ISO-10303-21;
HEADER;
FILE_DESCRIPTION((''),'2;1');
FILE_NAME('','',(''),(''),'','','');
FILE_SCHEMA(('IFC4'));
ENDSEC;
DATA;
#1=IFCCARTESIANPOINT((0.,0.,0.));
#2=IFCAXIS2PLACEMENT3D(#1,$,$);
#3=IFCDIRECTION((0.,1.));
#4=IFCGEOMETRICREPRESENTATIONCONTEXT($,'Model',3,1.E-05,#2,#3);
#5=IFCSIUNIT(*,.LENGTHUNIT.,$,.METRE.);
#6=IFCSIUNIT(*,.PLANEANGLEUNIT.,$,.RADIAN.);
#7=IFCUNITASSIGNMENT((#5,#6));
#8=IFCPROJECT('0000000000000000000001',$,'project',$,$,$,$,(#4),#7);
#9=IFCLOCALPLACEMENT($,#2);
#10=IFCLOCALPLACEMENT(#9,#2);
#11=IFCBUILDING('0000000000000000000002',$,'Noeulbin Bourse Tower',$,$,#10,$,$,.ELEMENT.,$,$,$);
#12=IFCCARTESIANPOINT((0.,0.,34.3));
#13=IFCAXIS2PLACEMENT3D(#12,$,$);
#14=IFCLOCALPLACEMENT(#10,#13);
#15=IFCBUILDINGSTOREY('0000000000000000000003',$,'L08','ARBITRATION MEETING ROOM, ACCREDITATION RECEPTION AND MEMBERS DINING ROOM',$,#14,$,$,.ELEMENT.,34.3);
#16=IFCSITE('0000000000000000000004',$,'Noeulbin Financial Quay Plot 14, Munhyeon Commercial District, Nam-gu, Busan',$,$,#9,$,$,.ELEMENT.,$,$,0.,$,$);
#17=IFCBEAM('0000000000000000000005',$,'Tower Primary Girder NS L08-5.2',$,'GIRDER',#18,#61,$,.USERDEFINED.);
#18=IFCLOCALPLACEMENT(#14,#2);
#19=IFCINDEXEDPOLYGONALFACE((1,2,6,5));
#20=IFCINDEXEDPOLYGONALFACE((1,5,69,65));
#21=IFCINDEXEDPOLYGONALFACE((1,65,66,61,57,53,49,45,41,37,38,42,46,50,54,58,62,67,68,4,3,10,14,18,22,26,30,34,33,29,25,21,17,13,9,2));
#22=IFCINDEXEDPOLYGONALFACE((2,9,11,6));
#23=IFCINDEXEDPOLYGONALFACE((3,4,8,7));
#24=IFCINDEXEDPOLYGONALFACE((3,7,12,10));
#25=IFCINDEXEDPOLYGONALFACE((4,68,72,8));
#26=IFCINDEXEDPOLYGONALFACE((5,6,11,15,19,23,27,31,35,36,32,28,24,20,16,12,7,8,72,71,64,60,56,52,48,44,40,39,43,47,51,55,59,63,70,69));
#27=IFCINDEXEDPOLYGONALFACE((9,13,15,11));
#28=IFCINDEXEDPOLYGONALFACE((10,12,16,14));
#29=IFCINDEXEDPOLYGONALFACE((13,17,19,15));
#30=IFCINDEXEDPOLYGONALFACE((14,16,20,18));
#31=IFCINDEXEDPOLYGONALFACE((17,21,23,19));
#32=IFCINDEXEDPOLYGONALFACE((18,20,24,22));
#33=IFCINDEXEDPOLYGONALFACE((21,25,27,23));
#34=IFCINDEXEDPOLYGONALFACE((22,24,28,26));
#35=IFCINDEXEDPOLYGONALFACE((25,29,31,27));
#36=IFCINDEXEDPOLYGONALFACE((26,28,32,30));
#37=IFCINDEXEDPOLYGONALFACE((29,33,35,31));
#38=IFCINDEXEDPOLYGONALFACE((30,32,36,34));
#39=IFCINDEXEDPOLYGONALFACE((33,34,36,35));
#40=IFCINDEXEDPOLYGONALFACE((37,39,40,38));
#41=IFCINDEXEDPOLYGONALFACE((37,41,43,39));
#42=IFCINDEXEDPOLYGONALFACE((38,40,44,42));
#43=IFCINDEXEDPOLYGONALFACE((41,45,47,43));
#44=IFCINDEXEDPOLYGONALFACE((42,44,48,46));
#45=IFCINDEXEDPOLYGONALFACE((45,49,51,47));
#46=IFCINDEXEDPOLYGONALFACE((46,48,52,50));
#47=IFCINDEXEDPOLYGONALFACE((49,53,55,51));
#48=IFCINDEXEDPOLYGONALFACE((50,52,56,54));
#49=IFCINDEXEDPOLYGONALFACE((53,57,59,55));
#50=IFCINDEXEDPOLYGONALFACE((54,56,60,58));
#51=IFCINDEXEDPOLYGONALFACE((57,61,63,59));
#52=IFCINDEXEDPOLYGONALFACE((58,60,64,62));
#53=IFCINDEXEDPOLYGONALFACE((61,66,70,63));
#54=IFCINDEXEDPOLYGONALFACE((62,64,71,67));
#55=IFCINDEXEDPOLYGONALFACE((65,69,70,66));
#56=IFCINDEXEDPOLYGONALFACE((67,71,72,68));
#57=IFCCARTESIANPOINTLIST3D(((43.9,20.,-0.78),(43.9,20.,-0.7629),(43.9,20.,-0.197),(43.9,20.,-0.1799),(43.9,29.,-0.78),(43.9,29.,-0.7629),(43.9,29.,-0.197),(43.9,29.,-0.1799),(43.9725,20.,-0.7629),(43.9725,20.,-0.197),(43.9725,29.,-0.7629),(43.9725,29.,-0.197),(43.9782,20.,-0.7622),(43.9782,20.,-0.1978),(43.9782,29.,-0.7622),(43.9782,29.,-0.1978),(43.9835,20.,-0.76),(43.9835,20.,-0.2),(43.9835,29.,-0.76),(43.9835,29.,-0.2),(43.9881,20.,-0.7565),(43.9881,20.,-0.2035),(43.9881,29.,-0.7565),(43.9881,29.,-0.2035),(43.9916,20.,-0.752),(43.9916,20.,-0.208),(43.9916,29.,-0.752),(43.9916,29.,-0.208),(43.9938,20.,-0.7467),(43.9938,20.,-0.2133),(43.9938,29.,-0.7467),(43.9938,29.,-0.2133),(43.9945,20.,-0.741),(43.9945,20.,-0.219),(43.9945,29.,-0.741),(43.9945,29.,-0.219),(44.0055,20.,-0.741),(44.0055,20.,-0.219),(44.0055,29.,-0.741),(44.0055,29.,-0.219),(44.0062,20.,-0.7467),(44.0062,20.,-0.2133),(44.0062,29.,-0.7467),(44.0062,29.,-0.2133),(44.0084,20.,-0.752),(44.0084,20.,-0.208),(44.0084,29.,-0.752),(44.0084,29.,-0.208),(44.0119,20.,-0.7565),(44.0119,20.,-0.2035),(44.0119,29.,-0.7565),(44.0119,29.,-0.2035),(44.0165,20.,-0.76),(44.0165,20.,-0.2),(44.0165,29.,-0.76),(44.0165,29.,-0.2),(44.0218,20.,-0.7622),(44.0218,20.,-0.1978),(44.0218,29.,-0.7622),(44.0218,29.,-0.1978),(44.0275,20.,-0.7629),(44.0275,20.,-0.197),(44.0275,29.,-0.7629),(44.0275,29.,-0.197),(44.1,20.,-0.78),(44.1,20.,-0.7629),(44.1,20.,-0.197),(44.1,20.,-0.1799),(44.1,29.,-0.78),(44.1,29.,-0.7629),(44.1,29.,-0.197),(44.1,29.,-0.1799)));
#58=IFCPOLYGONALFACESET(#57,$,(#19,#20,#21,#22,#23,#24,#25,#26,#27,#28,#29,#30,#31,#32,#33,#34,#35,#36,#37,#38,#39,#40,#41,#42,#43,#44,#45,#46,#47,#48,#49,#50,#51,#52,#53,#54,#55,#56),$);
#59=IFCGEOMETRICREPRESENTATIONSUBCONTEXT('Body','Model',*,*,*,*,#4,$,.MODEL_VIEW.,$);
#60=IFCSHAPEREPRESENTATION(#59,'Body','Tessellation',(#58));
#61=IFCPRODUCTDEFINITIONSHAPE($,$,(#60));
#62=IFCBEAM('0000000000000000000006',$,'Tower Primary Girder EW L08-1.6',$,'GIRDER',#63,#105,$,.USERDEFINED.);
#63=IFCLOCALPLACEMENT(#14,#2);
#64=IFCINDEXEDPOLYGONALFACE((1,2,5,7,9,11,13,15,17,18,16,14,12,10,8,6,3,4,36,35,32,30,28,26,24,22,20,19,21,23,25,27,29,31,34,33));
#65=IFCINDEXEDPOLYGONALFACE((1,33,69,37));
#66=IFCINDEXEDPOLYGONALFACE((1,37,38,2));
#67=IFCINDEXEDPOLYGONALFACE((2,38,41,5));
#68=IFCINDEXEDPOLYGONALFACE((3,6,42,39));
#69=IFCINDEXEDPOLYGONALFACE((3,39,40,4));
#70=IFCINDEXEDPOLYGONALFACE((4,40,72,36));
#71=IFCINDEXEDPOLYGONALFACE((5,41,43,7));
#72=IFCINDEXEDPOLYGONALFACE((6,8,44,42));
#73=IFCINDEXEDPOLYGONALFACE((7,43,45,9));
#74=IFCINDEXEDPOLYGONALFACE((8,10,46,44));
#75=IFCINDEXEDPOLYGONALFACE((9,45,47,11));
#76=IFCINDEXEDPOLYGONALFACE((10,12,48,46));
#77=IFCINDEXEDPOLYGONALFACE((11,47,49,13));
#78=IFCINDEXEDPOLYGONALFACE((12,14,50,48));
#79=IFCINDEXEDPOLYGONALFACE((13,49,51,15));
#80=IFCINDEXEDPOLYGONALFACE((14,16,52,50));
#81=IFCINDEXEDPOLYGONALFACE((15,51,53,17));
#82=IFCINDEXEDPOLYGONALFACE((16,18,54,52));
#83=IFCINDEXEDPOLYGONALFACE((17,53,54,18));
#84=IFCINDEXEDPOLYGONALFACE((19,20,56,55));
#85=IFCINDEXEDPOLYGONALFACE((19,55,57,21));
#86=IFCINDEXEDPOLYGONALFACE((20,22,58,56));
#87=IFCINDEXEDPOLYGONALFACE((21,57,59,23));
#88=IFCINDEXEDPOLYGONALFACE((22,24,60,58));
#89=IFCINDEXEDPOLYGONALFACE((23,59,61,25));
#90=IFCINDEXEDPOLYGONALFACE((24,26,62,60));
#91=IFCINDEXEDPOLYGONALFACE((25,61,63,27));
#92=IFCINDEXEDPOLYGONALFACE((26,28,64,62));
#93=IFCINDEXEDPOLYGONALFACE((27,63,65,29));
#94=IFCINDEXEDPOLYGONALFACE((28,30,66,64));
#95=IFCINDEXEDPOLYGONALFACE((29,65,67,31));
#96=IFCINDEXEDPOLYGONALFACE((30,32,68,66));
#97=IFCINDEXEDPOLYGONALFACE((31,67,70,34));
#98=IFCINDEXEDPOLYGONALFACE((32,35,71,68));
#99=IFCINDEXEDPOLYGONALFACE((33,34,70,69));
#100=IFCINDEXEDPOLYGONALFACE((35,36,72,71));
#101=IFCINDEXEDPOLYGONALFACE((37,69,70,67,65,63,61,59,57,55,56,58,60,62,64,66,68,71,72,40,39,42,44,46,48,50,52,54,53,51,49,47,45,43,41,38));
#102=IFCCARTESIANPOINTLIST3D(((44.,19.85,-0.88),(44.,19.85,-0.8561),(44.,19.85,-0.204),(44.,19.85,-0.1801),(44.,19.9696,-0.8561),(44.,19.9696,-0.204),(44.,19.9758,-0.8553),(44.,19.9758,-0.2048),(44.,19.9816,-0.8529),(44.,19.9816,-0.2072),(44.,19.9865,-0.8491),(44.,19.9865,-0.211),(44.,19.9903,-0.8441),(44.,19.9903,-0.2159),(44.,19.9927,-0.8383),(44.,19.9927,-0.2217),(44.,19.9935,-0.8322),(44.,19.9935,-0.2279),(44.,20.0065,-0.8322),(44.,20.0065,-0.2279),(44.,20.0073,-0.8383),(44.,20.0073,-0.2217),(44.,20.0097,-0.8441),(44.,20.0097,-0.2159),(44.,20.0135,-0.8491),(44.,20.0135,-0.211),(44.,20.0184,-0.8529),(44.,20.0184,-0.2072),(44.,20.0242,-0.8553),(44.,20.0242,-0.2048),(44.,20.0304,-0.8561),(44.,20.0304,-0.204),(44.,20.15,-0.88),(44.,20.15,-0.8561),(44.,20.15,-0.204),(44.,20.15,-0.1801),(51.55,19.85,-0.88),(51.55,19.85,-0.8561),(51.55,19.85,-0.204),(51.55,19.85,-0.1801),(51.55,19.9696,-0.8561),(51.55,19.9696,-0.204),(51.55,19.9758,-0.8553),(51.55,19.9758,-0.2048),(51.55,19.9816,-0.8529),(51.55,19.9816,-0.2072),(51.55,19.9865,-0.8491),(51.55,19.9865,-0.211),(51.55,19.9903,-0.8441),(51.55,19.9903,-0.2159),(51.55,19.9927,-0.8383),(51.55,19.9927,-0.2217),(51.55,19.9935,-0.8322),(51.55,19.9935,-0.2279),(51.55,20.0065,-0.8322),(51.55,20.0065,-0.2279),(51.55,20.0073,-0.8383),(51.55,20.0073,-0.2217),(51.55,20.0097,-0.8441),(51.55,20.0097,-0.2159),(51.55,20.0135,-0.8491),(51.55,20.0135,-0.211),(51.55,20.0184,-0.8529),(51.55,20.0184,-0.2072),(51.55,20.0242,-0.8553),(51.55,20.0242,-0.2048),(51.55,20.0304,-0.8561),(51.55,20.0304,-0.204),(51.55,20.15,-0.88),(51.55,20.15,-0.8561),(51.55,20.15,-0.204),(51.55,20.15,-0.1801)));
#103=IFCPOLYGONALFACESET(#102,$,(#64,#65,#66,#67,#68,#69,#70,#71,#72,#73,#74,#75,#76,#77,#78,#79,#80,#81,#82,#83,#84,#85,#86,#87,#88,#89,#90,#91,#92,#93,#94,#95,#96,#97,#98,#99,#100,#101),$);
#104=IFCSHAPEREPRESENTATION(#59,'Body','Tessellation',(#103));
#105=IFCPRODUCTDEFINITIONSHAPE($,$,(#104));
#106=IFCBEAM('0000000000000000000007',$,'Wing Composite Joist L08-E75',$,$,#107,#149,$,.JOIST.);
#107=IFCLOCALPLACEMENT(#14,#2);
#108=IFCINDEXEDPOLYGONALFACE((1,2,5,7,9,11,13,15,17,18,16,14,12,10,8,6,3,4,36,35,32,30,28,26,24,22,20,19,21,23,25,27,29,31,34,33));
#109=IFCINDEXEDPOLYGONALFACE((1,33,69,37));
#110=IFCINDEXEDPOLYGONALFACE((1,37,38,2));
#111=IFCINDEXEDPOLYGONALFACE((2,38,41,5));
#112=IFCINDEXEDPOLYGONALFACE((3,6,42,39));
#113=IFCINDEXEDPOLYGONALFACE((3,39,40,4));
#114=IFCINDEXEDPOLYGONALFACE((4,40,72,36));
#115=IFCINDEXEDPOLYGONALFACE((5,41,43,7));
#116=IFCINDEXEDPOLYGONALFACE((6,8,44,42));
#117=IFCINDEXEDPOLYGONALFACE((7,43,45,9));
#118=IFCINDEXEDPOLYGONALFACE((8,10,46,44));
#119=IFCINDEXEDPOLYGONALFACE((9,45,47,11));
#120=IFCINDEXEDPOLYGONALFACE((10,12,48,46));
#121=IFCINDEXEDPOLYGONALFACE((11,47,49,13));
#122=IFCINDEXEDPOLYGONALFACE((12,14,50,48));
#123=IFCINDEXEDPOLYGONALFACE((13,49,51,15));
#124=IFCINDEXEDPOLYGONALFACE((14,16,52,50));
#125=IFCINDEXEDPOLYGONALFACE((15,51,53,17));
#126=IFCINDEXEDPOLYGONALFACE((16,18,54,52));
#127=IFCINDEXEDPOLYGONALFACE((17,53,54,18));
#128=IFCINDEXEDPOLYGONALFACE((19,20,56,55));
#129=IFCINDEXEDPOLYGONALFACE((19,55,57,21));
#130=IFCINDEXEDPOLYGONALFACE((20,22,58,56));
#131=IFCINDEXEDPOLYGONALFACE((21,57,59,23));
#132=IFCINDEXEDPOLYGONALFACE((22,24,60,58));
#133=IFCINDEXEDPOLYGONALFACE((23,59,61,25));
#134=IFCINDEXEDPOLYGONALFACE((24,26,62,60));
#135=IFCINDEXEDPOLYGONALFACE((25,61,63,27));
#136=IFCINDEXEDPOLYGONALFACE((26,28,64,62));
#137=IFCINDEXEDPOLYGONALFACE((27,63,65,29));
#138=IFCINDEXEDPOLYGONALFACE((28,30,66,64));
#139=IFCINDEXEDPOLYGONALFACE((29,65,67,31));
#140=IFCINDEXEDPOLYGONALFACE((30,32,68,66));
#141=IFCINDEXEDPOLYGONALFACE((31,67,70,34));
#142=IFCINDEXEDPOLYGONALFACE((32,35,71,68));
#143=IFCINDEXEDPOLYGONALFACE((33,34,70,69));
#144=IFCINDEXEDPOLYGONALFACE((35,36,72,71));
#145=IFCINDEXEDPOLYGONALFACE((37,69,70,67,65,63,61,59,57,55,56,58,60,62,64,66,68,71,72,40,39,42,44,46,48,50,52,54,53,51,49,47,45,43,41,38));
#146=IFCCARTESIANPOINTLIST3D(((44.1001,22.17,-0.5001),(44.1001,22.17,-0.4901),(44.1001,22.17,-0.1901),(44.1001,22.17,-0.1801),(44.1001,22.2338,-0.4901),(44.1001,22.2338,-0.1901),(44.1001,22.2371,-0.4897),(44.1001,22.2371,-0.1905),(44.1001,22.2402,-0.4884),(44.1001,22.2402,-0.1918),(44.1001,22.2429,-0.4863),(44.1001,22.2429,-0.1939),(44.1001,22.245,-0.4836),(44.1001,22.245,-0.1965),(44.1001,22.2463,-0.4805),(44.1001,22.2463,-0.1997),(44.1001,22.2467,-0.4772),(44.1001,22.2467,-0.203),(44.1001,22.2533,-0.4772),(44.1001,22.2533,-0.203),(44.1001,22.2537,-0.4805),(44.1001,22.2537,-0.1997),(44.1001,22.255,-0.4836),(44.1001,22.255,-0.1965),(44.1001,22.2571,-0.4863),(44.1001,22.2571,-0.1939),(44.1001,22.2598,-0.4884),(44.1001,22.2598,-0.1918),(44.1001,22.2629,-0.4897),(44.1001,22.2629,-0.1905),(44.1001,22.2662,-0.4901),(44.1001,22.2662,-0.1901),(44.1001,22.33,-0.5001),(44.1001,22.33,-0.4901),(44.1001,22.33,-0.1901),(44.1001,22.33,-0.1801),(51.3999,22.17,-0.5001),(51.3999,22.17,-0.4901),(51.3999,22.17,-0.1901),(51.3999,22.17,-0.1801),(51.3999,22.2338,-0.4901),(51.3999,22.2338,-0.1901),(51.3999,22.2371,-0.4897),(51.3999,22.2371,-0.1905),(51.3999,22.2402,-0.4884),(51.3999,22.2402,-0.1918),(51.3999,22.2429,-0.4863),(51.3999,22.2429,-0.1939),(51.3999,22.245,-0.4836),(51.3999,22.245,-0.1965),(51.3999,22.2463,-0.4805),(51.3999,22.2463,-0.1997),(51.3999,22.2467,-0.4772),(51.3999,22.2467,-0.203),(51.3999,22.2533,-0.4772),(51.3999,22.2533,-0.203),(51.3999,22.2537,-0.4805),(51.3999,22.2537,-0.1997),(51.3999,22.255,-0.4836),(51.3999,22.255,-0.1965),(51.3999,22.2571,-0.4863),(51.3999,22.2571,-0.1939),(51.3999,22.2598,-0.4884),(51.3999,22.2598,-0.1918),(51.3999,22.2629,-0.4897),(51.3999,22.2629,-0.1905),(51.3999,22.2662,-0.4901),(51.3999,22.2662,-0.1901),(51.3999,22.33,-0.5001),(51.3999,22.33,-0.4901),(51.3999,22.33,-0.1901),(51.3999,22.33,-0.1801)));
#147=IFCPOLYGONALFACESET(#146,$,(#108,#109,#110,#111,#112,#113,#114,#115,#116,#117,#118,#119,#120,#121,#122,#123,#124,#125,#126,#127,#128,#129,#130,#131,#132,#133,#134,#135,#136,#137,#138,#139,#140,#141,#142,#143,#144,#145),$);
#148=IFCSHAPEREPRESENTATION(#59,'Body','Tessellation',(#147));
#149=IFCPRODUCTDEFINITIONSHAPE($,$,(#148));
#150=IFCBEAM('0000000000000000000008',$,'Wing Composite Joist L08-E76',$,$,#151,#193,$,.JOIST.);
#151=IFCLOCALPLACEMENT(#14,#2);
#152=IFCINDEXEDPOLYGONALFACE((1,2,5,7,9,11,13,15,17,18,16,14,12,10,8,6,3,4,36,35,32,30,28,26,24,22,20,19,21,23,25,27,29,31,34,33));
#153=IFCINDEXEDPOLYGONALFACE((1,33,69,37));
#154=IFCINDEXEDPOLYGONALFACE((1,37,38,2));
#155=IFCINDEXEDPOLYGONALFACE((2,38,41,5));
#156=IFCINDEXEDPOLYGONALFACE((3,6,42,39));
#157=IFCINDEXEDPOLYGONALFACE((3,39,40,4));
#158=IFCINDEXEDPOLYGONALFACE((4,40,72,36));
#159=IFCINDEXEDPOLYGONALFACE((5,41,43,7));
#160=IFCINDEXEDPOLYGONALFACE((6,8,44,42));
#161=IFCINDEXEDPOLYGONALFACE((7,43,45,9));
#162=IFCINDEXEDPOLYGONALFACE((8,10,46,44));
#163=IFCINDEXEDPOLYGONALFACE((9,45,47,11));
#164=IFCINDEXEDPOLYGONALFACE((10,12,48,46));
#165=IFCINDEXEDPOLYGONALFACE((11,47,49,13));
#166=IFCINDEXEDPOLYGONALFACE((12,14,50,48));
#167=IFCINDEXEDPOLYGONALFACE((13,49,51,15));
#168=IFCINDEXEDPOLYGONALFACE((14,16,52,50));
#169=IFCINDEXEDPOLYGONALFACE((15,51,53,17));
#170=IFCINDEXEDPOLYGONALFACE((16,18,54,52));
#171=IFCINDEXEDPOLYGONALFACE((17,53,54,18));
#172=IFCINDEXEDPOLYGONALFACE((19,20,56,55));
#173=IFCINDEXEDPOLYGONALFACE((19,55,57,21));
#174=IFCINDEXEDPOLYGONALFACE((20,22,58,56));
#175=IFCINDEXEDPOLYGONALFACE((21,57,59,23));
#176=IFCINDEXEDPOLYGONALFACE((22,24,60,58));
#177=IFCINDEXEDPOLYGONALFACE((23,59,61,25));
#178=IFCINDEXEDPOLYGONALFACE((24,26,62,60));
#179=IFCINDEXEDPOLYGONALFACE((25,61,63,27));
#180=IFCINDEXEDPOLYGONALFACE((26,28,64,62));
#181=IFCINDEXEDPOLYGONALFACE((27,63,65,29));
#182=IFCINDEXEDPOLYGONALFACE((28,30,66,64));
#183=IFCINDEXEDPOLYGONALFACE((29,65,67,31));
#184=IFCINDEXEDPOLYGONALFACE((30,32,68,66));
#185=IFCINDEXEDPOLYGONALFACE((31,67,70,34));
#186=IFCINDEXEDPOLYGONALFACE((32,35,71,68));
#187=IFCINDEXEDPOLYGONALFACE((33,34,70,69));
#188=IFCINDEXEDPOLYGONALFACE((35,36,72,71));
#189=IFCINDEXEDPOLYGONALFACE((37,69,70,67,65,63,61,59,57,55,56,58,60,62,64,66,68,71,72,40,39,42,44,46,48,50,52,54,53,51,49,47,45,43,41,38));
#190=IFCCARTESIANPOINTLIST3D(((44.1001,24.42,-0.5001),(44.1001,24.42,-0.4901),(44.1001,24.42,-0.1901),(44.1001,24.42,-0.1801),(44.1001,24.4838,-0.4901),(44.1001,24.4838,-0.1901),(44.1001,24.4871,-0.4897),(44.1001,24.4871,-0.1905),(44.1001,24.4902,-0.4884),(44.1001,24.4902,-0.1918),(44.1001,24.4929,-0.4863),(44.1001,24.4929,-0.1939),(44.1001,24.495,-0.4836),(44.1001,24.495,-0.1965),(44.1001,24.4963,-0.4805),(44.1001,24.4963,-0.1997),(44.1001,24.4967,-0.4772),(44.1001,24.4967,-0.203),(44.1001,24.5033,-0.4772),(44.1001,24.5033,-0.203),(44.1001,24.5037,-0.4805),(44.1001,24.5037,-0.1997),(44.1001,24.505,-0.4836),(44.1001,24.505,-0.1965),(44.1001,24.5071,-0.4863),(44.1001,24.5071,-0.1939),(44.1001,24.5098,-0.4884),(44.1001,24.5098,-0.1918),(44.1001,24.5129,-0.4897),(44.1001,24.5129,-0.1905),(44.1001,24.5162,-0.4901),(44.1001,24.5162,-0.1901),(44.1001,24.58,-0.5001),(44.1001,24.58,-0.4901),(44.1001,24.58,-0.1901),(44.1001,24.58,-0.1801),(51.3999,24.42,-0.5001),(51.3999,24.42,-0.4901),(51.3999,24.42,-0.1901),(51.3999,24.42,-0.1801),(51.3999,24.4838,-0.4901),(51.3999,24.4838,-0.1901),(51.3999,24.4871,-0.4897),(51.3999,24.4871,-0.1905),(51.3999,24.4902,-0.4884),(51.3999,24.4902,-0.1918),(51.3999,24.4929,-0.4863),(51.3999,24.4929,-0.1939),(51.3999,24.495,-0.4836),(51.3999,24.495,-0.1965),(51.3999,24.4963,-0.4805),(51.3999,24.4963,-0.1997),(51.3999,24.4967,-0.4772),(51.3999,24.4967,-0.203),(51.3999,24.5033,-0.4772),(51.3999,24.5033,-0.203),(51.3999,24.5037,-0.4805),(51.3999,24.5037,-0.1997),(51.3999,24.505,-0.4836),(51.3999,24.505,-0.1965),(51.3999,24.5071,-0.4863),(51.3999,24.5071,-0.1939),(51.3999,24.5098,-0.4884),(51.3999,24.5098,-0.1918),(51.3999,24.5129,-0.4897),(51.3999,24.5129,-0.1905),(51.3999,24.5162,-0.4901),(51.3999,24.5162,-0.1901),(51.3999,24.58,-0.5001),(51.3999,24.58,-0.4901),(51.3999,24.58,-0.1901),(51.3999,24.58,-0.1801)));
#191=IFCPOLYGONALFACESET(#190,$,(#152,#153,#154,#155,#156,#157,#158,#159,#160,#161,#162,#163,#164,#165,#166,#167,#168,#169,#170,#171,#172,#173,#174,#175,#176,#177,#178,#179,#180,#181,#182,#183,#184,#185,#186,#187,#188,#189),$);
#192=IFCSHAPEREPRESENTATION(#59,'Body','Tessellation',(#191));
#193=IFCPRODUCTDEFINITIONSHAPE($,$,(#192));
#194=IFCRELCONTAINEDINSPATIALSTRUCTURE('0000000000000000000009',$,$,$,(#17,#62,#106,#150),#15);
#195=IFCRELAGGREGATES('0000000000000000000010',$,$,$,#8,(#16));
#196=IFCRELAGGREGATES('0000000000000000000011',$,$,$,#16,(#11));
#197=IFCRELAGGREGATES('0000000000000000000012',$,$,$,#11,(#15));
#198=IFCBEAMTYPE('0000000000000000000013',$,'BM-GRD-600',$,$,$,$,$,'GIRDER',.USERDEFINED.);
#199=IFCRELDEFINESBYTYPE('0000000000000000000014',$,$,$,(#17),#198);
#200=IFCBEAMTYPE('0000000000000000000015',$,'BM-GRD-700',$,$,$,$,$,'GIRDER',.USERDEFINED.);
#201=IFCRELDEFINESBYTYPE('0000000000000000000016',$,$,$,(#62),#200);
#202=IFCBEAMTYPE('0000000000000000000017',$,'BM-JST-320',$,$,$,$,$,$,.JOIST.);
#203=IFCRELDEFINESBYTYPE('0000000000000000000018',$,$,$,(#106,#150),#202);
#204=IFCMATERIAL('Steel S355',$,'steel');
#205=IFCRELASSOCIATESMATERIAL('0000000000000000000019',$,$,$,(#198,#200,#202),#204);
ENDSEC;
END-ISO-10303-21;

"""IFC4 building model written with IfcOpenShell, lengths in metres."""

from ifc_helpers import new_model, si_unit, direction, frame, origin, origin_2d, place, context, subcontext, project, spatial, i_section, extrude, material, material_profile, profile_set, type_object, element, save


model = new_model("IFC4")

# Units and contexts
model_context = context("Model", 3, precision=1e-05, world=origin(), true_north=direction((0.0, 1.0)))
body_context = subcontext(model_context, "Body", "Model", "MODEL_VIEW")
ifc_project = project(units=[si_unit("LENGTHUNIT", "METRE"), si_unit("PLANEANGLEUNIT", "RADIAN")], contexts=[model_context])

# Site, building, storey
site_placement = place(None, origin())
site = spatial("IfcSite", under=ifc_project, at=site_placement, Name="Noeulbin Financial Quay Plot 14, Munhyeon Commercial District, Nam-gu, Busan", CompositionType="ELEMENT", RefElevation=0.0)
building_placement = place(site_placement, origin())
building = spatial("IfcBuilding", under=site, at=building_placement, Name="Noeulbin Bourse Tower", CompositionType="ELEMENT")
storey_placement = place(building_placement, frame((0.0, 0.0, 34.3)))
storey = spatial("IfcBuildingStorey", under=building, at=storey_placement, Name="L08", Description="ARBITRATION MEETING ROOM, ACCREDITATION RECEPTION AND MEMBERS DINING ROOM", CompositionType="ELEMENT", Elevation=34.3)

# Beams
ifc_material_1 = material(Name="Steel S355", Category="steel")
ifc_material_profile_1 = material_profile(ifc_material_1, i_section(OverallWidth=0.2, OverallDepth=0.6001, WebThickness=0.011, FlangeThickness=0.0171, FilletRadius=0.022, at=origin_2d()), Name="H-600x200x11x17", Category="LoadBearing")
ifc_profile_set_1 = profile_set([ifc_material_profile_1], Name="Steel S355")
beam_type_1 = type_object("IfcBeamType", Name="BM-GRD-600", ElementType="GIRDER", PredefinedType="USERDEFINED", material=ifc_profile_set_1)
beam_1_placement = place(storey_placement, frame((44.0, 20.0, -0.48), z_axis=(0.0, 1.0, 0.0), x_axis=(-1.0, 0.0, 0.0)))
element("IfcBeam", 1, at=beam_1_placement, inside=storey, type_object=beam_type_1, Name="Tower Primary Girder NS L08-5.2", ObjectType="GIRDER", PredefinedType="USERDEFINED", context=body_context, shape_type="SweptSolid", body=[
    extrude(i_section(OverallWidth=0.2, OverallDepth=0.6001, WebThickness=0.011, FlangeThickness=0.0171, FilletRadius=0.022, at=origin_2d()), origin(), (0.0, 0.0, 1.0), 9.0),
])
ifc_material_profile_2 = material_profile(ifc_material_1, i_section(OverallWidth=0.3, OverallDepth=0.7, WebThickness=0.0129, FlangeThickness=0.0239, FilletRadius=0.0239, at=origin_2d()), Name="H-700x300x13x24", Category="LoadBearing")
ifc_profile_set_2 = profile_set([ifc_material_profile_2], Name="Steel S355")
beam_type_2 = type_object("IfcBeamType", Name="BM-GRD-700", ElementType="GIRDER", PredefinedType="USERDEFINED", material=ifc_profile_set_2)
beam_2_placement = place(storey_placement, frame((44.0, 20.0, -0.53), z_axis=(1.0, 0.0, 0.0), x_axis=(0.0, 1.0, 0.0)))
element("IfcBeam", 2, at=beam_2_placement, inside=storey, type_object=beam_type_2, Name="Tower Primary Girder EW L08-1.6", ObjectType="GIRDER", PredefinedType="USERDEFINED", context=body_context, shape_type="SweptSolid", body=[
    extrude(i_section(OverallWidth=0.3, OverallDepth=0.7, WebThickness=0.0129, FlangeThickness=0.0239, FilletRadius=0.0239, at=origin_2d()), origin(), (0.0, 0.0, 1.0), 7.55),
])
ifc_material_profile_3 = material_profile(ifc_material_1, i_section(OverallWidth=0.1599, OverallDepth=0.3201, WebThickness=0.0066, FlangeThickness=0.01, FilletRadius=0.0129, at=origin_2d()), Name="H-320x160x6.5x10", Category="LoadBearing")
ifc_profile_set_3 = profile_set([ifc_material_profile_3], Name="Steel S355")
beam_type_3 = type_object("IfcBeamType", Name="BM-JST-320", PredefinedType="JOIST", material=ifc_profile_set_3)
for number, where, z_axis, x_axis, name in (
    (3, (44.1001, 22.25, -0.3401), (1.0, 0.0, 0.0), (0.0, 1.0, 0.0), "Wing Composite Joist L08-E75"),
    (4, (44.1001, 24.5, -0.3401), (1.0, 0.0, 0.0), (0.0, 1.0, 0.0), "Wing Composite Joist L08-E76"),
):
    element("IfcBeam", number, at=place(storey_placement, frame(where, z_axis=z_axis, x_axis=x_axis)), inside=storey, type_object=beam_type_3, Name=name, PredefinedType="JOIST", context=body_context, shape_type="SweptSolid", body=[
        extrude(i_section(OverallWidth=0.1599, OverallDepth=0.3201, WebThickness=0.0066, FlangeThickness=0.01, FilletRadius=0.0129, at=origin_2d()), origin(), (0.0, 0.0, 1.0), 7.2998),
    ])

save(model, "model.ifc")
